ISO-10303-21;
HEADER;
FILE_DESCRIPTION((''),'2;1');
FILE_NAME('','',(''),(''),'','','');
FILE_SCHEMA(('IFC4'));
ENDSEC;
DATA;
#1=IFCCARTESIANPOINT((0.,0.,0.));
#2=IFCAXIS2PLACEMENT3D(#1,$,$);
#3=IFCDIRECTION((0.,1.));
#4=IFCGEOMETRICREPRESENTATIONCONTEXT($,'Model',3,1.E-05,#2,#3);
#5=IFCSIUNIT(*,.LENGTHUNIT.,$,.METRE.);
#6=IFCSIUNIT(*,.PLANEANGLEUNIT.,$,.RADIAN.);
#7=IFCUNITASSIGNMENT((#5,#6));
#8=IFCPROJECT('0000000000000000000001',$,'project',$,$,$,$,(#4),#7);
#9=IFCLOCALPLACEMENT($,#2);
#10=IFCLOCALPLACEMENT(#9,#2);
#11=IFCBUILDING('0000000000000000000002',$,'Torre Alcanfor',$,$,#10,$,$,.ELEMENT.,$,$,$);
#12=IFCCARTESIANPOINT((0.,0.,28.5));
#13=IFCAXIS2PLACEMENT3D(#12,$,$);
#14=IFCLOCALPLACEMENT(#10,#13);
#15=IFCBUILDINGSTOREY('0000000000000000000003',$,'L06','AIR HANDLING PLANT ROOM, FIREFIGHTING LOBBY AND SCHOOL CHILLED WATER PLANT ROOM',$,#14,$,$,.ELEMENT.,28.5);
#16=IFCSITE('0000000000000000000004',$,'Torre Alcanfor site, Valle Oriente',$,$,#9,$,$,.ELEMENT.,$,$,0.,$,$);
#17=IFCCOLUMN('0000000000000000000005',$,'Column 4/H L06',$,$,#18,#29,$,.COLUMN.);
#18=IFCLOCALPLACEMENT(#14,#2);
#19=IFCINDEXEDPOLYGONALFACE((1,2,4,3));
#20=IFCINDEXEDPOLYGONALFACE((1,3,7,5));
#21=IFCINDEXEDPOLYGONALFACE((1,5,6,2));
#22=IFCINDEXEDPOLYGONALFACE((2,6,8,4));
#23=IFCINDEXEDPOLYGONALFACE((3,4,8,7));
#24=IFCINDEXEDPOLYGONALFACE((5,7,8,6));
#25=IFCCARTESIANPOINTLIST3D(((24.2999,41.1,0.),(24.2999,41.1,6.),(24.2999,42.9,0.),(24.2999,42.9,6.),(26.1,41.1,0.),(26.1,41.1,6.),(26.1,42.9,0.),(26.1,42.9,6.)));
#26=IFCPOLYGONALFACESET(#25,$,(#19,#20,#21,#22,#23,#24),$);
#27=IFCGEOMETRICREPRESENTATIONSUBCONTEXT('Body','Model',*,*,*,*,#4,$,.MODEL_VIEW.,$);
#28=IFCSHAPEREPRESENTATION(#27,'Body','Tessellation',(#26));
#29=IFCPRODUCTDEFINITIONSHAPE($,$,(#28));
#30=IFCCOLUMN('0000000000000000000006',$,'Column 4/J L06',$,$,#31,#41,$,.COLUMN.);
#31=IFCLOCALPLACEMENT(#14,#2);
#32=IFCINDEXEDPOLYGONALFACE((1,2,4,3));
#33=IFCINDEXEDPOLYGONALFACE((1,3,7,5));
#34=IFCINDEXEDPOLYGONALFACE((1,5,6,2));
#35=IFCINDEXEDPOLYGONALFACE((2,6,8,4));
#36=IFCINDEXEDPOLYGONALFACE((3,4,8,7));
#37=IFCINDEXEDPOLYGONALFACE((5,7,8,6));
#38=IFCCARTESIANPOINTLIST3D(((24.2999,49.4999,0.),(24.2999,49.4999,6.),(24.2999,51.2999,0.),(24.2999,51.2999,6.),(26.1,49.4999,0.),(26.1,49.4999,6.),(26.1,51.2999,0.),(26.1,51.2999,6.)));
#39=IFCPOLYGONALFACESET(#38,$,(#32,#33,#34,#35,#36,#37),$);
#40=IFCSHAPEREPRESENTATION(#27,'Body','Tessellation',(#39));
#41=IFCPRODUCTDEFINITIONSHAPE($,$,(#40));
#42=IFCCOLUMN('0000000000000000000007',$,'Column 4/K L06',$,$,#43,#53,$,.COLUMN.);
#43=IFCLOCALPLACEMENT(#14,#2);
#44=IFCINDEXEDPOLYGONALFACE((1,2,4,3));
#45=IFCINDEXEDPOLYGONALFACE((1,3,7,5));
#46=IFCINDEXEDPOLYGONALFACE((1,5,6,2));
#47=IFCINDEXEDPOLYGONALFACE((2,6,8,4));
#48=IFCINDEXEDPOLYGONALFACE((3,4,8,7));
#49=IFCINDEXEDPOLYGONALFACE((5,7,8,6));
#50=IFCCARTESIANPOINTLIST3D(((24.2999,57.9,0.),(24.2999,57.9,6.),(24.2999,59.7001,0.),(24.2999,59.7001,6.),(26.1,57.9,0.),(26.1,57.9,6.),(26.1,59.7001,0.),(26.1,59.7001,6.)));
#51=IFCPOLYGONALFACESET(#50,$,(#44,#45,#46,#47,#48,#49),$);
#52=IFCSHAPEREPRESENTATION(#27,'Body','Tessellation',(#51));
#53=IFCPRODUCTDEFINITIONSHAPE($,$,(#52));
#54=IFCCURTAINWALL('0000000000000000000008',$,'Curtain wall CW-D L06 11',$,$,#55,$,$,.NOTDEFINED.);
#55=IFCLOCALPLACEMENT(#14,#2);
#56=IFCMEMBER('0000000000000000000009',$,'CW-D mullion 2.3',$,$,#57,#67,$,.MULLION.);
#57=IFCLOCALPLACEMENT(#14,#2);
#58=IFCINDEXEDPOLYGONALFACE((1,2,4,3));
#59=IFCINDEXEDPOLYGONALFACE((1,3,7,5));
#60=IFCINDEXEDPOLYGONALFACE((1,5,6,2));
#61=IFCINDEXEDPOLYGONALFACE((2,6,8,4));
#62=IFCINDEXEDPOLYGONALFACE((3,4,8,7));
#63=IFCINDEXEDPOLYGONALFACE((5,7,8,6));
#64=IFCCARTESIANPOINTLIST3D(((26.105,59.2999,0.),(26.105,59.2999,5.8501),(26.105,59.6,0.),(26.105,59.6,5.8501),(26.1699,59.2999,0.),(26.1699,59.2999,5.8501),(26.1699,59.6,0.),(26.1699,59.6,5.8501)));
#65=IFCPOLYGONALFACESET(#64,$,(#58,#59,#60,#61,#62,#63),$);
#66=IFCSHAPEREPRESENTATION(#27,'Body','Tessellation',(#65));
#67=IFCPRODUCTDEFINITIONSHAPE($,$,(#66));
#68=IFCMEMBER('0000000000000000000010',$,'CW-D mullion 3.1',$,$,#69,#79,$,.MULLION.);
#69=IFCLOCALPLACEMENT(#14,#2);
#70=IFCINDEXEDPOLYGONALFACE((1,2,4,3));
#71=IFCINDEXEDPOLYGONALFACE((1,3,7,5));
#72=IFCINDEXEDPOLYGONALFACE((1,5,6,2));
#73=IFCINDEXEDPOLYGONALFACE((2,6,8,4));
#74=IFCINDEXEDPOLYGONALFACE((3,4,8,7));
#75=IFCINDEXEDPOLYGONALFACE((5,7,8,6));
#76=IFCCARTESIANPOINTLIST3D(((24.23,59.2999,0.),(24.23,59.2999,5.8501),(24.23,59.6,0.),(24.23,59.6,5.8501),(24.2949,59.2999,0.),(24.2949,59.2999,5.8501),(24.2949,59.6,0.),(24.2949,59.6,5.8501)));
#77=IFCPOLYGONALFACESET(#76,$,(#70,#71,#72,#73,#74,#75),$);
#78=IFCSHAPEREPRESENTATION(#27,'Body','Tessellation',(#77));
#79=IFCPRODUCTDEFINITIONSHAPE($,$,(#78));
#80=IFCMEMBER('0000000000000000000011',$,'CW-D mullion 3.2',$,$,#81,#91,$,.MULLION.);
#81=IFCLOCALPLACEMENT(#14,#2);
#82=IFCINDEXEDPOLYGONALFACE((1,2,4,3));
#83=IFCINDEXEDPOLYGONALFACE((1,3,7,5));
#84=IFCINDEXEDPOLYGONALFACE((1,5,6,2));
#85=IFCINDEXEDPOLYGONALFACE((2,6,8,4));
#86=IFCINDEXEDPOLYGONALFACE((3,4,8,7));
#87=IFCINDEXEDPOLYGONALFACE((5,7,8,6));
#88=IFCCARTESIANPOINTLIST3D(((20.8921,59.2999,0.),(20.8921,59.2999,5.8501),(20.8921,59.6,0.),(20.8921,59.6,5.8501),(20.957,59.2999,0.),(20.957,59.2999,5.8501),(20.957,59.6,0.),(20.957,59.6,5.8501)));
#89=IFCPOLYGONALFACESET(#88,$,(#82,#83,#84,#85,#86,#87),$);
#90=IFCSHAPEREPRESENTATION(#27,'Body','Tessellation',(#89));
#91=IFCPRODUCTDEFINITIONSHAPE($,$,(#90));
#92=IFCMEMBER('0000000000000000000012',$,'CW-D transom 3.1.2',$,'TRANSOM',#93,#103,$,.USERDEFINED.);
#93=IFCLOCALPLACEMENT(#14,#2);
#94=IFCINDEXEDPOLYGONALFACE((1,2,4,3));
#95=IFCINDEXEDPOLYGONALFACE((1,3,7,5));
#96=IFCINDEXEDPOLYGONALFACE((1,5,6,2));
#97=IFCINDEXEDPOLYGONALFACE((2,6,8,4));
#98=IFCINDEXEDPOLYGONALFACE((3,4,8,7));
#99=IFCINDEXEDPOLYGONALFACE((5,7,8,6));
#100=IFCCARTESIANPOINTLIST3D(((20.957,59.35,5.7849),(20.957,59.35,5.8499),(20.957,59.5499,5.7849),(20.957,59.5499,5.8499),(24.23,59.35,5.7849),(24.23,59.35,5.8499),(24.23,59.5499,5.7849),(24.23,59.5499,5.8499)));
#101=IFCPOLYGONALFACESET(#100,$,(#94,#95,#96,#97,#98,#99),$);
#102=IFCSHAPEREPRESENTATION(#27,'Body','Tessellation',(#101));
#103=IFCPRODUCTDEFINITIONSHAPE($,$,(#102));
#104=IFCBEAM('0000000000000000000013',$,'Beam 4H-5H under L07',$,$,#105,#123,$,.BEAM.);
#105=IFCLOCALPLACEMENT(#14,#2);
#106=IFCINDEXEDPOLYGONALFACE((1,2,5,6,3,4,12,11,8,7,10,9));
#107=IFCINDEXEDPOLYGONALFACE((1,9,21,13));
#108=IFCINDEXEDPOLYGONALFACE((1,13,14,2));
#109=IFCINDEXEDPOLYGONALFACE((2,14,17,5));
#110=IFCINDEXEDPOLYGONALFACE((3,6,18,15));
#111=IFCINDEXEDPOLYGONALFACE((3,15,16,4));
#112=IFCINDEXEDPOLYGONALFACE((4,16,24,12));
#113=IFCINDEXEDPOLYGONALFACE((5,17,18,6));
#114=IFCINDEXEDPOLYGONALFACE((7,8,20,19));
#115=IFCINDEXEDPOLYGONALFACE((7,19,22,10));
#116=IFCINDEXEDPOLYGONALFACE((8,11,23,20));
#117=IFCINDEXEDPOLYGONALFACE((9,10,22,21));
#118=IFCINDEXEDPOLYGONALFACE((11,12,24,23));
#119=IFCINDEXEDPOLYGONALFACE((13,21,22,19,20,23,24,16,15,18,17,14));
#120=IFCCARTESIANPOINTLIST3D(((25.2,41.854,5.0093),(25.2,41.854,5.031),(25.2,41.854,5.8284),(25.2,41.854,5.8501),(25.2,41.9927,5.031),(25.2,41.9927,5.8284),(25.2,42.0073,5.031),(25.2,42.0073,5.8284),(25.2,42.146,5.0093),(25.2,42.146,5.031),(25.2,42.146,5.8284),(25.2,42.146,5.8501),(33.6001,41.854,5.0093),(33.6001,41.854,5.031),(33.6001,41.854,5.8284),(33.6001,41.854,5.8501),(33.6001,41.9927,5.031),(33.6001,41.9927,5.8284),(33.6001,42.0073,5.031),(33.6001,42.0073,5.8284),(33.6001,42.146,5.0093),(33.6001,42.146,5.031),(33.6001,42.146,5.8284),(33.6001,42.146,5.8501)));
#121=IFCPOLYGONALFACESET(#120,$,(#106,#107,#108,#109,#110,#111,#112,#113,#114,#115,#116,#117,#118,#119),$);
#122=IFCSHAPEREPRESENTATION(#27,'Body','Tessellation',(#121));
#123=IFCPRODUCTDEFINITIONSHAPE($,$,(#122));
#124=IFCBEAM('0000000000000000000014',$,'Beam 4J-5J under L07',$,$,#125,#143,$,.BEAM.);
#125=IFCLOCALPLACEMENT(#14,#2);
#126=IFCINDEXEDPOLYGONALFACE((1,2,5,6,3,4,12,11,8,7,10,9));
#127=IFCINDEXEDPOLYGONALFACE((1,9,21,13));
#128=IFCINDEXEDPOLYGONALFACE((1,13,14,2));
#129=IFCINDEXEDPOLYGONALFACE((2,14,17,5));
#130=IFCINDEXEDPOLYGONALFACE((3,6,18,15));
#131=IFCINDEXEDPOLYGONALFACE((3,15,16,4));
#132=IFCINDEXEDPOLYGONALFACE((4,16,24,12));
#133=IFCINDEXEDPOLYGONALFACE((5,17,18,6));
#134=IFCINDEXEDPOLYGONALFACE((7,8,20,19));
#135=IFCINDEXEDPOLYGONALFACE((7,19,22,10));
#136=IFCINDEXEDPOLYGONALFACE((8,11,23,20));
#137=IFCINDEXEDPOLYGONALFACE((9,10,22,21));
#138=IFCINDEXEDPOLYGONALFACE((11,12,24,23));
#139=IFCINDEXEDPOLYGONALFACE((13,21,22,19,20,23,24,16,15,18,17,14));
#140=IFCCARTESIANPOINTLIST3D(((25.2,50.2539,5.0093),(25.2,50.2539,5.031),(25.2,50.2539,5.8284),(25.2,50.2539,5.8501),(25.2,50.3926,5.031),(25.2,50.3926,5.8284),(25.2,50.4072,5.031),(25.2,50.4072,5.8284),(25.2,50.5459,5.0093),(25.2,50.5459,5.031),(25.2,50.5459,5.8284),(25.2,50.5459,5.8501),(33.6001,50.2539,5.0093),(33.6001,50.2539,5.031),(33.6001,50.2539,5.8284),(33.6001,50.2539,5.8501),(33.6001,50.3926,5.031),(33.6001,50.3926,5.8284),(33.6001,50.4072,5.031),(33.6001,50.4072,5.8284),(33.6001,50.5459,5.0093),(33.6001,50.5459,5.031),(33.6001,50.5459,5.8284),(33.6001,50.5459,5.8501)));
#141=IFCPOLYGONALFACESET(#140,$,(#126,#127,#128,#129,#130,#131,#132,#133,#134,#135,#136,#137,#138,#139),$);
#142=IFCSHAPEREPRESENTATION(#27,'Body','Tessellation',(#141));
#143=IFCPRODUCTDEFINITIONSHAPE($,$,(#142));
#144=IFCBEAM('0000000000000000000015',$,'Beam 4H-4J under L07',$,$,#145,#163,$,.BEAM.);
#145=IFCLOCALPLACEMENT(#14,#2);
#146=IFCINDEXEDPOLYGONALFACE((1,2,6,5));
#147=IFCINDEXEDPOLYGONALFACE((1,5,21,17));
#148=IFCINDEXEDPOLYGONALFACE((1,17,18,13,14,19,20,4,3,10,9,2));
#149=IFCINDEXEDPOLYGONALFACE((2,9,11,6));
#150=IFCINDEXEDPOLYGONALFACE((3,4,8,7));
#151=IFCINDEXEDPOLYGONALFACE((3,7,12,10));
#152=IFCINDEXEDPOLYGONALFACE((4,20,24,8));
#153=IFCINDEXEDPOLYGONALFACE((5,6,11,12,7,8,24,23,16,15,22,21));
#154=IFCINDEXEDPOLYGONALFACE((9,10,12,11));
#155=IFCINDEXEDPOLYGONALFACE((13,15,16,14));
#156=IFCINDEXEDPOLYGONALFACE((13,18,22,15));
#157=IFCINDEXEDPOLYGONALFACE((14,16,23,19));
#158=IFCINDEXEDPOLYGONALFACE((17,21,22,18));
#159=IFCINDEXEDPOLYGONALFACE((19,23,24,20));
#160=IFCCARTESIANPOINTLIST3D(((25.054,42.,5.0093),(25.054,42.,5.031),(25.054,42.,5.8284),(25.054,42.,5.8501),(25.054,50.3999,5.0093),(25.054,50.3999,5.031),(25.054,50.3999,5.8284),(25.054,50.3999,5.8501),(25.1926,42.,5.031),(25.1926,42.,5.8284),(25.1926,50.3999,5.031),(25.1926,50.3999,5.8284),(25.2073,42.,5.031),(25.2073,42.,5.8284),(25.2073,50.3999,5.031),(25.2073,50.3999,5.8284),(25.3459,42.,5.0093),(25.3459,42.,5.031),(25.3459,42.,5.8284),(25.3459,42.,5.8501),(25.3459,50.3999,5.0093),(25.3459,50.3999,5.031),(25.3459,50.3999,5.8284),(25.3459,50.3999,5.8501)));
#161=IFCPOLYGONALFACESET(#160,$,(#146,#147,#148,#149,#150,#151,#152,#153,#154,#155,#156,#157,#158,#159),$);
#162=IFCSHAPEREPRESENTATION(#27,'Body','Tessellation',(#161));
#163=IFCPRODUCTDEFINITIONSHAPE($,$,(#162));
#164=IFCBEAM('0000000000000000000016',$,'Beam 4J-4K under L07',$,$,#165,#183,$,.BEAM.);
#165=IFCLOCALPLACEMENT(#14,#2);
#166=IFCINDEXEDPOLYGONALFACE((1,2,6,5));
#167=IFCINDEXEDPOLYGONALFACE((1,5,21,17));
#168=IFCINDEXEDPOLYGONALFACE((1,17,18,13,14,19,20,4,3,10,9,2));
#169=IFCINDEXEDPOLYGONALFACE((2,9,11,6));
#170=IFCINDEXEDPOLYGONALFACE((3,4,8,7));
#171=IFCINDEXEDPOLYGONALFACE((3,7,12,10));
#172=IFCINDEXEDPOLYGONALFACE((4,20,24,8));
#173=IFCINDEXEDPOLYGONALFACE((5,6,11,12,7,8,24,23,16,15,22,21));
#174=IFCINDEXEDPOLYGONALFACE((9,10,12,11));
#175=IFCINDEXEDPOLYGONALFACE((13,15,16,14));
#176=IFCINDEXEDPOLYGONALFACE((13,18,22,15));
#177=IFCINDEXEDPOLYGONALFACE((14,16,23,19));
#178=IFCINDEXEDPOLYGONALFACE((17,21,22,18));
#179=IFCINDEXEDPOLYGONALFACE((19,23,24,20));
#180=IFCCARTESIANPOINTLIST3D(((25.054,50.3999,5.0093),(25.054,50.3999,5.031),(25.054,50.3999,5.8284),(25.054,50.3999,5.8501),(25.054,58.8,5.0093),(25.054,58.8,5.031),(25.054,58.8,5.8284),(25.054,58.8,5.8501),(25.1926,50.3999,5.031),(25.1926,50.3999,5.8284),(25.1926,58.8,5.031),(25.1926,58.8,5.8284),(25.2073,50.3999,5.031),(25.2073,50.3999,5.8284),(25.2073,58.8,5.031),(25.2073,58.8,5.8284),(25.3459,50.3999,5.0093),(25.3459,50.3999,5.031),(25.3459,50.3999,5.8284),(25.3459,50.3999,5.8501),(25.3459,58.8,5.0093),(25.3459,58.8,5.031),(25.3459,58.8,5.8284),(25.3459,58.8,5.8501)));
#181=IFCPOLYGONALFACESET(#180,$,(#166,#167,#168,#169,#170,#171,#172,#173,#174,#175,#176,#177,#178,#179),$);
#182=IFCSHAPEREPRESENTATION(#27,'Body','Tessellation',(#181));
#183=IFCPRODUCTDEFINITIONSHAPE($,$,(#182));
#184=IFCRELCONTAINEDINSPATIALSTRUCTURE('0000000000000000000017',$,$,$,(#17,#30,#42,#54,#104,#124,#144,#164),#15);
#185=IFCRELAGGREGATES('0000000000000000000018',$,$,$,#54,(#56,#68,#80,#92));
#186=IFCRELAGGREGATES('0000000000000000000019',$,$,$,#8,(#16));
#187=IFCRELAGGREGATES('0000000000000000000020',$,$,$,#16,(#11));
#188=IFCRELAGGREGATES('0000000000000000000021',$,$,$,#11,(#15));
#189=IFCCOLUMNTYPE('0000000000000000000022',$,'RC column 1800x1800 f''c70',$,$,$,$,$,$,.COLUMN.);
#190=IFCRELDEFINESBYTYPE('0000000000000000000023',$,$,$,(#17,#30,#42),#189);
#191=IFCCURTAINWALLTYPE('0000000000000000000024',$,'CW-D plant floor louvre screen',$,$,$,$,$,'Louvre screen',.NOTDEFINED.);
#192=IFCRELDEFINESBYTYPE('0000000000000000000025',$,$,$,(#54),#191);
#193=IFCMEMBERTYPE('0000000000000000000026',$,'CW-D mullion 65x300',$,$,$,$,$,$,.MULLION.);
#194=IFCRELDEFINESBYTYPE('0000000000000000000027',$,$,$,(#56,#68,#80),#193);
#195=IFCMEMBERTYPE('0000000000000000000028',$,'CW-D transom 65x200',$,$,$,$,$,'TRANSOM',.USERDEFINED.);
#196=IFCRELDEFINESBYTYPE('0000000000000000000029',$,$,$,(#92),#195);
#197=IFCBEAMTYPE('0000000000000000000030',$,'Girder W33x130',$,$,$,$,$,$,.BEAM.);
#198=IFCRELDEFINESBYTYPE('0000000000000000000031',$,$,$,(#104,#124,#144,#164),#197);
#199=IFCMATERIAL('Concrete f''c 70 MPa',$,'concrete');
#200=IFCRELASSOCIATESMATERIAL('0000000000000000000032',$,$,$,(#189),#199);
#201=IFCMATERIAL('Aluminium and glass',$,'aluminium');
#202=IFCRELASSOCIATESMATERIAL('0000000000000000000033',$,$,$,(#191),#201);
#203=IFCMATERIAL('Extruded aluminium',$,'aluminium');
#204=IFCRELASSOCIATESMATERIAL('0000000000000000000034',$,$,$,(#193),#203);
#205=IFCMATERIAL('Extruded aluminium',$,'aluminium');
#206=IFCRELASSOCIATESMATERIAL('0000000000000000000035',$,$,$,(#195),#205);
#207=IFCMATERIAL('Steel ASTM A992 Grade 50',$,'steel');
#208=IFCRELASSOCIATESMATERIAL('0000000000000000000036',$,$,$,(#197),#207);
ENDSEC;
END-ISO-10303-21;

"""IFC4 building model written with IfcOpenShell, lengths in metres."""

from ifc_helpers import new_model, si_unit, direction, frame, origin, origin_2d, place, context, subcontext, project, spatial, rectangle, i_section, extrude, material, material_profile, profile_set, type_object, element, aggregate, save


model = new_model("IFC4")

# Units and contexts
model_context = context("Model", 3, precision=1e-05, world=origin(), true_north=direction((0.0, 1.0)))
body_context = subcontext(model_context, "Body", "Model", "MODEL_VIEW")
ifc_project = project(units=[si_unit("LENGTHUNIT", "METRE"), si_unit("PLANEANGLEUNIT", "RADIAN")], contexts=[model_context])

# Site, building, storey
site_placement = place(None, origin())
site = spatial("IfcSite", under=ifc_project, at=site_placement, Name="Torre Alcanfor site, Valle Oriente", CompositionType="ELEMENT", RefElevation=0.0)
building_placement = place(site_placement, origin())
building = spatial("IfcBuilding", under=site, at=building_placement, Name="Torre Alcanfor", CompositionType="ELEMENT")
storey_placement = place(building_placement, frame((0.0, 0.0, 28.5)))
storey = spatial("IfcBuildingStorey", under=building, at=storey_placement, Name="L06", Description="AIR HANDLING PLANT ROOM, FIREFIGHTING LOBBY AND SCHOOL CHILLED WATER PLANT ROOM", CompositionType="ELEMENT", Elevation=28.5)

# Columns
ifc_material_1 = material(Name="Concrete f'c 70 MPa", Category="concrete")
ifc_material_profile_1 = material_profile(ifc_material_1, rectangle(XDim=1.8, YDim=1.8, at=origin_2d()), Name="1800x1800")
ifc_profile_set_1 = profile_set([ifc_material_profile_1], Name="Concrete f'c 70 MPa")
column_type = type_object("IfcColumnType", Name="RC column 1800x1800 f'c70", PredefinedType="COLUMN", material=ifc_profile_set_1)
for number, where, z_axis, x_axis, name in (
    (1, (25.2, 42.0, 0.0), (0.0, 0.0, 1.0), (1.0, 0.0, 0.0), "Column 4/H L06"),
    (2, (25.2, 50.3999, 0.0), (0.0, 0.0, 1.0), (1.0, 0.0, 0.0), "Column 4/J L06"),
    (3, (25.2, 58.8, 0.0), (0.0, 0.0, 1.0), (1.0, 0.0, 0.0), "Column 4/K L06"),
):
    element("IfcColumn", number, at=place(storey_placement, frame(where, z_axis=z_axis, x_axis=x_axis)), inside=storey, type_object=column_type, Name=name, PredefinedType="COLUMN", context=body_context, shape_type="SweptSolid", body=[
        extrude(rectangle(XDim=1.8, YDim=1.8, at=origin_2d()), origin(), (0.0, 0.0, 1.0), 6.0),
    ])

# Curtain wall, members
ifc_material_2 = material(Name="Aluminium and glass", Category="aluminium")
curtain_wall_type = type_object("IfcCurtainWallType", Name="CW-D plant floor louvre screen", ElementType="Louvre screen", PredefinedType="NOTDEFINED", material=ifc_material_2)
curtain_wall_placement = place(storey_placement, origin())
curtain_wall = element("IfcCurtainWall", 4, at=curtain_wall_placement, inside=storey, type_object=curtain_wall_type, Name="Curtain wall CW-D L06 11", PredefinedType="NOTDEFINED")
ifc_material_3 = material(Name="Extruded aluminium", Category="aluminium")
ifc_material_profile_2 = material_profile(ifc_material_3, rectangle(XDim=0.3, YDim=0.0649, at=origin_2d()), Name="CW-D mullion 65x300")
ifc_profile_set_2 = profile_set([ifc_material_profile_2], Name="Extruded aluminium")
member_type_1 = type_object("IfcMemberType", Name="CW-D mullion 65x300", PredefinedType="MULLION", material=ifc_profile_set_2)
member_1_placement = place(storey_placement, frame((26.1375, 59.45, 0.0), z_axis=(0.0, 0.0, 1.0), x_axis=(0.0, -1.0, 0.0)))
member_1 = element("IfcMember", 5, at=member_1_placement, type_object=member_type_1, Name="CW-D mullion 2.3", PredefinedType="MULLION", context=body_context, shape_type="SweptSolid", body=[
    extrude(rectangle(XDim=0.3, YDim=0.0649, at=origin_2d()), origin(), (0.0, 0.0, 1.0), 5.8501),
])
member_2_placement = place(storey_placement, frame((24.2625, 59.45, 0.0), z_axis=(0.0, 0.0, 1.0), x_axis=(0.0, -1.0, 0.0)))
member_2 = element("IfcMember", 6, at=member_2_placement, type_object=member_type_1, Name="CW-D mullion 3.1", PredefinedType="MULLION", context=body_context, shape_type="SweptSolid", body=[
    extrude(rectangle(XDim=0.3, YDim=0.0649, at=origin_2d()), origin(), (0.0, 0.0, 1.0), 5.8501),
])
member_3_placement = place(storey_placement, frame((20.9246, 59.45, 0.0), z_axis=(0.0, 0.0, 1.0), x_axis=(0.0, -1.0, 0.0)))
member_3 = element("IfcMember", 7, at=member_3_placement, type_object=member_type_1, Name="CW-D mullion 3.2", PredefinedType="MULLION", context=body_context, shape_type="SweptSolid", body=[
    extrude(rectangle(XDim=0.3, YDim=0.0649, at=origin_2d()), origin(), (0.0, 0.0, 1.0), 5.8501),
])
ifc_material_4 = material(Name="Extruded aluminium", Category="aluminium")
ifc_material_profile_3 = material_profile(ifc_material_4, rectangle(XDim=0.2, YDim=0.0649, at=origin_2d()), Name="CW-D transom 200x65")
ifc_profile_set_3 = profile_set([ifc_material_profile_3], Name="Extruded aluminium")
member_type_2 = type_object("IfcMemberType", Name="CW-D transom 65x200", ElementType="TRANSOM", PredefinedType="USERDEFINED", material=ifc_profile_set_3)
member_4_placement = place(storey_placement, frame((24.23, 59.45, 5.8174), z_axis=(-1.0, 0.0, 0.0), x_axis=(0.0, -1.0, 0.0)))
member_4 = element("IfcMember", 8, at=member_4_placement, type_object=member_type_2, Name="CW-D transom 3.1.2", ObjectType="TRANSOM", PredefinedType="USERDEFINED", context=body_context, shape_type="SweptSolid", body=[
    extrude(rectangle(XDim=0.2, YDim=0.0649, at=origin_2d()), origin(), (0.0, 0.0, 1.0), 3.2729),
])

# Beams
ifc_material_5 = material(Name="Steel ASTM A992 Grade 50", Category="steel")
ifc_material_profile_4 = material_profile(ifc_material_5, i_section(OverallWidth=0.292, OverallDepth=0.8408, WebThickness=0.0146, FlangeThickness=0.0217, at=origin_2d()), Name="W33x130")
ifc_profile_set_4 = profile_set([ifc_material_profile_4], Name="Steel ASTM A992 Grade 50")
beam_type_1 = type_object("IfcBeamType", Name="Girder W33x130", PredefinedType="BEAM", material=ifc_profile_set_4)
for number, where, z_axis, x_axis, name in (
    (9, (25.2, 42.0, 5.4297), (1.0, 0.0, 0.0), (0.0, 1.0, 0.0), "Beam 4H-5H under L07"),
    (10, (25.2, 50.3999, 5.4297), (1.0, 0.0, 0.0), (0.0, 1.0, 0.0), "Beam 4J-5J under L07"),
):
    element("IfcBeam", number, at=place(storey_placement, frame(where, z_axis=z_axis, x_axis=x_axis)), inside=storey, type_object=beam_type_1, Name=name, PredefinedType="BEAM", context=body_context, shape_type="SweptSolid", body=[
        extrude(i_section(OverallWidth=0.292, OverallDepth=0.8408, WebThickness=0.0146, FlangeThickness=0.0217, at=origin_2d()), origin(), (0.0, 0.0, 1.0), 8.4001),
    ])
beam_1_placement = place(storey_placement, frame((25.2, 42.0, 5.4297), z_axis=(0.0, 1.0, 0.0), x_axis=(-1.0, 0.0, 0.0)))
element("IfcBeam", 11, at=beam_1_placement, inside=storey, type_object=beam_type_1, Name="Beam 4H-4J under L07", PredefinedType="BEAM", context=body_context, shape_type="SweptSolid", body=[
    extrude(i_section(OverallWidth=0.292, OverallDepth=0.8408, WebThickness=0.0146, FlangeThickness=0.0217, at=origin_2d()), origin(), (0.0, 0.0, 1.0), 8.3999),
])
beam_2_placement = place(storey_placement, frame((25.2, 50.3999, 5.4297), z_axis=(0.0, 1.0, 0.0), x_axis=(-1.0, 0.0, 0.0)))
element("IfcBeam", 12, at=beam_2_placement, inside=storey, type_object=beam_type_1, Name="Beam 4J-4K under L07", PredefinedType="BEAM", context=body_context, shape_type="SweptSolid", body=[
    extrude(i_section(OverallWidth=0.292, OverallDepth=0.8408, WebThickness=0.0146, FlangeThickness=0.0217, at=origin_2d()), origin(), (0.0, 0.0, 1.0), 8.4001),
])

aggregate(curtain_wall, [member_1, member_2, member_3, member_4])

save(model, "model.ifc")
